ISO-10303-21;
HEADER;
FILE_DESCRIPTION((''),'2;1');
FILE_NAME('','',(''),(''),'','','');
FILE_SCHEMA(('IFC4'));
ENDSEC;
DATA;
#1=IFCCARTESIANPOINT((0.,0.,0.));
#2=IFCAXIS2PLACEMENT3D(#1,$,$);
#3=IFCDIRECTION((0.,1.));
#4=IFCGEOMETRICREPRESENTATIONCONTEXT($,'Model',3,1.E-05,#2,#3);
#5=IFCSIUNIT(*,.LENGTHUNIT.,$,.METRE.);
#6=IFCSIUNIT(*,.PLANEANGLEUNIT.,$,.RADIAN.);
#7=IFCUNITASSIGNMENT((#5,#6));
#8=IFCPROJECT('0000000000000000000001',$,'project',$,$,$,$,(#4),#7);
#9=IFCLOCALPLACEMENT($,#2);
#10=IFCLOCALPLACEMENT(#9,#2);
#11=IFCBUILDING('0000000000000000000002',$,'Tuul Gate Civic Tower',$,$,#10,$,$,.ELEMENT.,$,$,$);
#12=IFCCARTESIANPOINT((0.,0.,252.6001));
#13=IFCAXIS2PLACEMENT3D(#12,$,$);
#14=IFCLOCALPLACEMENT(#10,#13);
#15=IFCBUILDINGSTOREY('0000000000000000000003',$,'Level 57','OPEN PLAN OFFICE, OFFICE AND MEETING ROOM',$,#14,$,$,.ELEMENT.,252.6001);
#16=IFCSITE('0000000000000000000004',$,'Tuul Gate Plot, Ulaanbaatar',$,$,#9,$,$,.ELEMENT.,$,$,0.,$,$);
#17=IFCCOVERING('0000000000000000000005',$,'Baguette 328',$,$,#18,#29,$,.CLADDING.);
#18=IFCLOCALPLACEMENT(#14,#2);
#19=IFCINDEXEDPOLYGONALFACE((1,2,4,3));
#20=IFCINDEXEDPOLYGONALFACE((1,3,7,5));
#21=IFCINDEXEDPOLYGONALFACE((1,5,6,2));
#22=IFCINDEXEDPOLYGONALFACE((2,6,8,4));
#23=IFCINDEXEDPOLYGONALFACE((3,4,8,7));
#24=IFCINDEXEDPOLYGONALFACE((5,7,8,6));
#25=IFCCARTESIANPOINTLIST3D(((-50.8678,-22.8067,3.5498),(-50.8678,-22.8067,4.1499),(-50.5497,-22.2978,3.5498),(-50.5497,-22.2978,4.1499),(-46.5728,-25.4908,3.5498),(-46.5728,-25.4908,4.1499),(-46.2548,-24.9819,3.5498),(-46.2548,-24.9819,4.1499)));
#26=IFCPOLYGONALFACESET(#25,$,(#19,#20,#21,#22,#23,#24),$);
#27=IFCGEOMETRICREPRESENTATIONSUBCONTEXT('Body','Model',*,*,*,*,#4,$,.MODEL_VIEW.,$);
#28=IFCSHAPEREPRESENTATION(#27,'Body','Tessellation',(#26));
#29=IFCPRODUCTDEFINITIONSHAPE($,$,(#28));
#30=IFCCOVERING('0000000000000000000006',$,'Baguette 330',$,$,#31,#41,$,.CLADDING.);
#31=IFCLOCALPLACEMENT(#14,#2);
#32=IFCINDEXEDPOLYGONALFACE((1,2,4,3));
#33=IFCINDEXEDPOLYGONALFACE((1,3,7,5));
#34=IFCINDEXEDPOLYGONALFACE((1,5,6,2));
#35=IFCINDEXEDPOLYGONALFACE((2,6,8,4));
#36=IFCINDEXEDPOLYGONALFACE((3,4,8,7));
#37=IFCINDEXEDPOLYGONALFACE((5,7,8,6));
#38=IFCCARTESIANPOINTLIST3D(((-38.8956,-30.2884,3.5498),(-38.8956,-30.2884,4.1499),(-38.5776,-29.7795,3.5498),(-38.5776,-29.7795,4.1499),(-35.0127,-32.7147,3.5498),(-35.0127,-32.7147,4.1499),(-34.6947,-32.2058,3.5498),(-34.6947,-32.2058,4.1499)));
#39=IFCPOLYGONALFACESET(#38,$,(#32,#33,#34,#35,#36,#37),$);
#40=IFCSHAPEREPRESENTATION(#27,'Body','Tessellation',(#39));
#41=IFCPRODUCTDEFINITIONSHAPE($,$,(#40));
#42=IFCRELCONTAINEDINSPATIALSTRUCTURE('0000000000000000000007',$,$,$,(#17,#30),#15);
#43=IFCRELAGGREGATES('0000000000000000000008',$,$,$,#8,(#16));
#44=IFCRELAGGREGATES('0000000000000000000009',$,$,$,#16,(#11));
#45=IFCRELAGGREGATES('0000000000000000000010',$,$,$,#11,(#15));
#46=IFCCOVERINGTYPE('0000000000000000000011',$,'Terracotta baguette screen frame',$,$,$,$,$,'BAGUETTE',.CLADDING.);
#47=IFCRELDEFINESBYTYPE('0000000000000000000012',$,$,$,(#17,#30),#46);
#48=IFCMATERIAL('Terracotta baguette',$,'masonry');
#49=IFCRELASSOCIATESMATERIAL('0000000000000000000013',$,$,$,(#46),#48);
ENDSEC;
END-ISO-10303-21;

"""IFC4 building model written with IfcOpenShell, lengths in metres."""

from ifc_helpers import new_model, si_unit, direction, frame, origin, origin_2d, place, context, subcontext, project, spatial, rectangle, extrude, material, material_profile, profile_set, type_object, element, save


model = new_model("IFC4")

# Units and contexts
model_context = context("Model", 3, precision=1e-05, world=origin(), true_north=direction((0.0, 1.0)))
body_context = subcontext(model_context, "Body", "Model", "MODEL_VIEW")
ifc_project = project(units=[si_unit("LENGTHUNIT", "METRE"), si_unit("PLANEANGLEUNIT", "RADIAN")], contexts=[model_context])

# Site, building, storey
site_placement = place(None, origin())
site = spatial("IfcSite", under=ifc_project, at=site_placement, Name="Tuul Gate Plot, Ulaanbaatar", CompositionType="ELEMENT", RefElevation=0.0)
building_placement = place(site_placement, origin())
building = spatial("IfcBuilding", under=site, at=building_placement, Name="Tuul Gate Civic Tower", CompositionType="ELEMENT")
storey_placement = place(building_placement, frame((0.0, 0.0, 252.6001)))
storey = spatial("IfcBuildingStorey", under=building, at=storey_placement, Name="Level 57", Description="OPEN PLAN OFFICE, OFFICE AND MEETING ROOM", CompositionType="ELEMENT", Elevation=252.6001)

# Coverings
ifc_material_1 = material(Name="Terracotta baguette", Category="masonry")
ifc_material_profile_1 = material_profile(ifc_material_1, rectangle(XDim=0.6001, YDim=0.6001, at=origin_2d()), Name="Terracotta baguette screen frame")
ifc_profile_set_1 = profile_set([ifc_material_profile_1], Name="Terracotta baguette")
covering_type = type_object("IfcCoveringType", Name="Terracotta baguette screen frame", ElementType="BAGUETTE", PredefinedType="CLADDING", material=ifc_profile_set_1)
covering_1_placement = place(storey_placement, frame((-50.7087, -22.5522, 3.8499), z_axis=(0.84802, -0.529964, 0.0), x_axis=(0.529964, 0.84802, 0.0)))
element("IfcCovering", 1, at=covering_1_placement, inside=storey, type_object=covering_type, Name="Baguette 328", PredefinedType="CLADDING", context=body_context, shape_type="SweptSolid", body=[
    extrude(rectangle(XDim=0.6001, YDim=0.6001, at=origin_2d()), origin(), (0.0, 0.0, 1.0), 5.0647),
])
covering_2_placement = place(storey_placement, frame((-38.7366, -30.0339, 3.8499), z_axis=(0.848046, -0.529922, 0.0), x_axis=(0.529922, 0.848046, 0.0)))
element("IfcCovering", 2, at=covering_2_placement, inside=storey, type_object=covering_type, Name="Baguette 330", PredefinedType="CLADDING", context=body_context, shape_type="SweptSolid", body=[
    extrude(rectangle(XDim=0.6001, YDim=0.6001, at=origin_2d()), origin(), (0.0, 0.0, 1.0), 4.5786),
])

save(model, "model.ifc")
